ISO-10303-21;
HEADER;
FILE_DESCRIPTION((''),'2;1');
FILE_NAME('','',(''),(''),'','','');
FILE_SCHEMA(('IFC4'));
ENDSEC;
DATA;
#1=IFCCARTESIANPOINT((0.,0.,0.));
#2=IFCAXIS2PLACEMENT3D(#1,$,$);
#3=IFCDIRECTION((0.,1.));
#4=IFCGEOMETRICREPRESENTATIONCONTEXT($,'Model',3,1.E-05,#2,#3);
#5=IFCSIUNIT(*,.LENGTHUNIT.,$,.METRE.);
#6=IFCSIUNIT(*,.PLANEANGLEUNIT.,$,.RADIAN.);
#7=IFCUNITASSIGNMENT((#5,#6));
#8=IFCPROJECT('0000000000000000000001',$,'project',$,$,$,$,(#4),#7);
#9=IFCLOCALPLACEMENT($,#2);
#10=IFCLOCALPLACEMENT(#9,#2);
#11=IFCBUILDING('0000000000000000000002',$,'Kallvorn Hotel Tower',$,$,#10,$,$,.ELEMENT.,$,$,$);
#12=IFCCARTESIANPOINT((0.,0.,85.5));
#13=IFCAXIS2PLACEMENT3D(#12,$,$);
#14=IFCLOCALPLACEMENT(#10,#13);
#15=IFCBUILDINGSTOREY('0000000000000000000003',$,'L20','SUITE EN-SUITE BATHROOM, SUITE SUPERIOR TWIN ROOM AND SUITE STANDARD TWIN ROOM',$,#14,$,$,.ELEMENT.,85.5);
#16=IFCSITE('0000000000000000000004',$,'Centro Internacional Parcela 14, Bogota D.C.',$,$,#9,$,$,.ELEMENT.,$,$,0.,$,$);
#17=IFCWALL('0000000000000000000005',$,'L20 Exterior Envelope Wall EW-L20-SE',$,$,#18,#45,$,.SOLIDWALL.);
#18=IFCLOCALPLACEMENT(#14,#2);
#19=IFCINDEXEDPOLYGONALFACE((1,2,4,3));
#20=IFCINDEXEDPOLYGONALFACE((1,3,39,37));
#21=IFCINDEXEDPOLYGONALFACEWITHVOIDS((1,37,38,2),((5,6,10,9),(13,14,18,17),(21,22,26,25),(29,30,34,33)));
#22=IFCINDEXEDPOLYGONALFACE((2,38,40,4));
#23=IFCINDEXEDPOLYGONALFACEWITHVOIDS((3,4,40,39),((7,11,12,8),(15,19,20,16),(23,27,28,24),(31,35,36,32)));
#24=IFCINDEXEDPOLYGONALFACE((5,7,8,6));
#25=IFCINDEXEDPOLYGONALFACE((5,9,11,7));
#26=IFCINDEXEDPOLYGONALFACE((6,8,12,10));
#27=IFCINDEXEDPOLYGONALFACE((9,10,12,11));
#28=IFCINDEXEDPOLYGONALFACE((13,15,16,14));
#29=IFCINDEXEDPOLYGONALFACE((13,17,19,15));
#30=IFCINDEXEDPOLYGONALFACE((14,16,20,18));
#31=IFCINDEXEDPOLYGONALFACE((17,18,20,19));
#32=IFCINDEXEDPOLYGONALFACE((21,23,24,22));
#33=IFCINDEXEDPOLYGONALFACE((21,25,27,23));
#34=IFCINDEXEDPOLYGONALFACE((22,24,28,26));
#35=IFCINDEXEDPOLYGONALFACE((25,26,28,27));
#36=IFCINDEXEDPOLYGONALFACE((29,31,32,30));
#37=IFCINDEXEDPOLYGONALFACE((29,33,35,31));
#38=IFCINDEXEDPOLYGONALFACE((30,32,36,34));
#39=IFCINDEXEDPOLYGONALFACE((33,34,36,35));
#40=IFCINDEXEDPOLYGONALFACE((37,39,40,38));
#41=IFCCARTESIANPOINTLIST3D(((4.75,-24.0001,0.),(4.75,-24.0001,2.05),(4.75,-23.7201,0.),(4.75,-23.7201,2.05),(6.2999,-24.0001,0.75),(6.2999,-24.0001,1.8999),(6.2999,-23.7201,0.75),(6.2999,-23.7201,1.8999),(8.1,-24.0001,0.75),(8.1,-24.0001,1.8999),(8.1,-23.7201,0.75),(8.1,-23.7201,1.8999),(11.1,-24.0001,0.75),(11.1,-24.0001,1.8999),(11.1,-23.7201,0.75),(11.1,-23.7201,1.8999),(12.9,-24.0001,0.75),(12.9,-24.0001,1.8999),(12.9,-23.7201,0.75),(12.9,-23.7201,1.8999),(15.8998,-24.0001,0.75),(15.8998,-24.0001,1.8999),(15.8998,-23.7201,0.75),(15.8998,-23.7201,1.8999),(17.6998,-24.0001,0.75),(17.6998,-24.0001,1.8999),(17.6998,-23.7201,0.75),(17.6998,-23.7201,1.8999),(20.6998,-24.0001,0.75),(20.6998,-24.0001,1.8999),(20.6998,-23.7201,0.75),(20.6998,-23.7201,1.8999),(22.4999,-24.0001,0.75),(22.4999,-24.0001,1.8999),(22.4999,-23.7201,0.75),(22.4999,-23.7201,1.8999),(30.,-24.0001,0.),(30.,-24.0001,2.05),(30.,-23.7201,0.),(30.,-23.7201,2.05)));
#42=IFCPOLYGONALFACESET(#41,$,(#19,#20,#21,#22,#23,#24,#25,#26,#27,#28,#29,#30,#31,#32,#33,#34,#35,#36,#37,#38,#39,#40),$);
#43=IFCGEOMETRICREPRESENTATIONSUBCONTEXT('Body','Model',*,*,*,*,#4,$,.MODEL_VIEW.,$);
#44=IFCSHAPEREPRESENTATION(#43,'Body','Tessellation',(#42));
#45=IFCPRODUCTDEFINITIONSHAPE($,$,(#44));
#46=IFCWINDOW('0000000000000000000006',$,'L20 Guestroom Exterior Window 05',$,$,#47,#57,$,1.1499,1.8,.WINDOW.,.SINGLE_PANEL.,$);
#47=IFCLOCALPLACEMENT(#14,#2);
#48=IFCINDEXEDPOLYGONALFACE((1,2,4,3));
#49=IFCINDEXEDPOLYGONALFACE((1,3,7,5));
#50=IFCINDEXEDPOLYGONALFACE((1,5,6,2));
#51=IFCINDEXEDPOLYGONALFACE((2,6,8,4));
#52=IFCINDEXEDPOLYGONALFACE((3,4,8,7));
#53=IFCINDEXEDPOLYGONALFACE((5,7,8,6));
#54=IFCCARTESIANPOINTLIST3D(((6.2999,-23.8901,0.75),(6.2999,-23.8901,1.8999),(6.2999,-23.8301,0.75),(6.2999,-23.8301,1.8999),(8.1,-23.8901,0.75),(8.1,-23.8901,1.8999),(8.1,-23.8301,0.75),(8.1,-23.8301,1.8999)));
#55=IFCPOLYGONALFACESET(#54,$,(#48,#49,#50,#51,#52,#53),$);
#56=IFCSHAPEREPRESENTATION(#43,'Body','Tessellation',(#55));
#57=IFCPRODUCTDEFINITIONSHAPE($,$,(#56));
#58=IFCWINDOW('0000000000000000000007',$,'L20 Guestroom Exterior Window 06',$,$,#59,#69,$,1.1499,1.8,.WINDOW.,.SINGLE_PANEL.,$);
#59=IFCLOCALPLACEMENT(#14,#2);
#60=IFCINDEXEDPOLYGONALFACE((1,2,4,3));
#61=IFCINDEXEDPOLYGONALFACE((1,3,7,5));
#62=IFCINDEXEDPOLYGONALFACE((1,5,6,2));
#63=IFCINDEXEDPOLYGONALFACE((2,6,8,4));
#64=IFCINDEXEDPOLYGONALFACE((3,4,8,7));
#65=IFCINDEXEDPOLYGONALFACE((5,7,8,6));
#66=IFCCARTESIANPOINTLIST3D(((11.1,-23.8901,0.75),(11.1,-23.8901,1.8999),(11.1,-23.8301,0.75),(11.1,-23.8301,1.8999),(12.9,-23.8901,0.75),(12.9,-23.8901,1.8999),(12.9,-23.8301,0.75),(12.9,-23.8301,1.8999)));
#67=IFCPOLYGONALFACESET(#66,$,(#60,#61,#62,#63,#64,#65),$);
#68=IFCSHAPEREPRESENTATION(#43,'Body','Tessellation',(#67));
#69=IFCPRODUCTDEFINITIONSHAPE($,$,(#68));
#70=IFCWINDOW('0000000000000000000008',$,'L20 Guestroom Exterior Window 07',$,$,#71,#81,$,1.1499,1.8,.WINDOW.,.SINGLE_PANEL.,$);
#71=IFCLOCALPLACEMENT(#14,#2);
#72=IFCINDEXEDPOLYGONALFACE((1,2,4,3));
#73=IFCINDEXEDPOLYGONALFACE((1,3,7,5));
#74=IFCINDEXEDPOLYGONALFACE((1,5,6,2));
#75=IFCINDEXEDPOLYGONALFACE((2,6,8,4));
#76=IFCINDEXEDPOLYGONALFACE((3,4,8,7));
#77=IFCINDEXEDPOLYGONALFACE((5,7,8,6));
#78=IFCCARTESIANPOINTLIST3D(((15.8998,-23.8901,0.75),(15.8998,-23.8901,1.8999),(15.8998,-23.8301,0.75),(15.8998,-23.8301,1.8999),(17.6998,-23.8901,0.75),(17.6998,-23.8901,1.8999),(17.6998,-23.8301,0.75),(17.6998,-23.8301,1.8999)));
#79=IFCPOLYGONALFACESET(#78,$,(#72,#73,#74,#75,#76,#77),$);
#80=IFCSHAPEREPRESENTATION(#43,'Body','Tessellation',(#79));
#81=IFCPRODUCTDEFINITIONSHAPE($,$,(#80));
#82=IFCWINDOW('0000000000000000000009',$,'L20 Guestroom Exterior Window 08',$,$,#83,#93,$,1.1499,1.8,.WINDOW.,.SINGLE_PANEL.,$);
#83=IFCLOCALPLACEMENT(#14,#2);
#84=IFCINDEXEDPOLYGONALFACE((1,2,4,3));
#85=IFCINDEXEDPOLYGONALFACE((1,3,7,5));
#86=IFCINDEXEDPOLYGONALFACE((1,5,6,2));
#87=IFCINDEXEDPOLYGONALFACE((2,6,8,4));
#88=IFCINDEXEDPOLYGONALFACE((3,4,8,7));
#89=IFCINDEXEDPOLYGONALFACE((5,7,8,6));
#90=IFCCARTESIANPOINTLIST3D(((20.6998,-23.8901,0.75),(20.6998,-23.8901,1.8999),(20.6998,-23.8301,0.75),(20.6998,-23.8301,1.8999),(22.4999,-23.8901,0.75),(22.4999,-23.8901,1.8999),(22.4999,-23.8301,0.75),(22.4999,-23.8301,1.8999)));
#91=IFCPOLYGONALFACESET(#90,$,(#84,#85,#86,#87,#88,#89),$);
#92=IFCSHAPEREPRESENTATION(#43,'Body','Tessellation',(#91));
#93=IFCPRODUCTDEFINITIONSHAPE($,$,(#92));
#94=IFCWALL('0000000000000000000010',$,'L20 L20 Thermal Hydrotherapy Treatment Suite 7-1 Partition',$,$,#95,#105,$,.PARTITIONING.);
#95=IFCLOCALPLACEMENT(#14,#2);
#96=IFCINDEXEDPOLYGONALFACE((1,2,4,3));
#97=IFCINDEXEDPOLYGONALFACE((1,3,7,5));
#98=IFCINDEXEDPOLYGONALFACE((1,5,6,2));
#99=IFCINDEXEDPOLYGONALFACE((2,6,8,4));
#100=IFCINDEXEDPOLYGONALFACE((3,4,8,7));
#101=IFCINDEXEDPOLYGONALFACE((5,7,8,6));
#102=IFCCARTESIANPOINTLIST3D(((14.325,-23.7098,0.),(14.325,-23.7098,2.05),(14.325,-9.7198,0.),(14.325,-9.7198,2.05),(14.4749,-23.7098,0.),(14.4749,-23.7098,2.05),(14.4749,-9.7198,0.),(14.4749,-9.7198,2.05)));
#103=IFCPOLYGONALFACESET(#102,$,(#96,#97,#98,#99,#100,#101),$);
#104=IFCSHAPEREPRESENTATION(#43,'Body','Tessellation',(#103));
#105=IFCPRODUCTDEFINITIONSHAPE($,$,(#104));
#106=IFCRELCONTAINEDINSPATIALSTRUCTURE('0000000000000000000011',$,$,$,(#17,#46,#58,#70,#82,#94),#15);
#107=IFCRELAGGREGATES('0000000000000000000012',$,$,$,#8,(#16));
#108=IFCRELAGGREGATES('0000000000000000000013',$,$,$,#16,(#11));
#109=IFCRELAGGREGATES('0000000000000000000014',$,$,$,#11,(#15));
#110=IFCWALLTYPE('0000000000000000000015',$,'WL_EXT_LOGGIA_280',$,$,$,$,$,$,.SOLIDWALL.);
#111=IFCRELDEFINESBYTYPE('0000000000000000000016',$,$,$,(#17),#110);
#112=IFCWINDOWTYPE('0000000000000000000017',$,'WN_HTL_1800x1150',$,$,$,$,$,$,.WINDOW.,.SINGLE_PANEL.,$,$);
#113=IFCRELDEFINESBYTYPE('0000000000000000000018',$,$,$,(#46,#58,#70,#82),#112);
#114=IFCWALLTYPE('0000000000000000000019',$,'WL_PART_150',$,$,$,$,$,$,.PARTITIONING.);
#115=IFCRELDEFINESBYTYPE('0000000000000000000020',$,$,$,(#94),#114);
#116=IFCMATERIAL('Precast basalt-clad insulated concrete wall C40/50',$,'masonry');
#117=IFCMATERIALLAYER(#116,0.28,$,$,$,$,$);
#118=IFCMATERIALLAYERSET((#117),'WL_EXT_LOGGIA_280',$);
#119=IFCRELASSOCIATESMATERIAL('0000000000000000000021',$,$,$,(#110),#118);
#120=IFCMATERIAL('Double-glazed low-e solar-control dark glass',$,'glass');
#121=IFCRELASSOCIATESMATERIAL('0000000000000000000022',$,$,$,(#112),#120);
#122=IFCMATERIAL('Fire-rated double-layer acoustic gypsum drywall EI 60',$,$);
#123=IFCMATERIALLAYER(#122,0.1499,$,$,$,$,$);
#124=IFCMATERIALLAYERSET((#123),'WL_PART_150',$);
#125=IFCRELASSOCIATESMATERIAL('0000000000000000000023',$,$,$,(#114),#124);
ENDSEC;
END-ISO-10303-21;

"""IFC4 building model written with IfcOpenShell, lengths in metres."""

from ifc_helpers import new_model, si_unit, direction, frame, frame_2d, origin, place, context, subcontext, project, spatial, rectangle, extrude, material, layer, layer_set, type_object, element, fill, save


model = new_model("IFC4")

# Units and contexts
model_context = context("Model", 3, precision=1e-05, world=origin(), true_north=direction((0.0, 1.0)))
body_context = subcontext(model_context, "Body", "Model", "MODEL_VIEW")
ifc_project = project(units=[si_unit("LENGTHUNIT", "METRE"), si_unit("PLANEANGLEUNIT", "RADIAN")], contexts=[model_context])

# Site, building, storey
site_placement = place(None, origin())
site = spatial("IfcSite", under=ifc_project, at=site_placement, Name="Centro Internacional Parcela 14, Bogota D.C.", CompositionType="ELEMENT", RefElevation=0.0)
building_placement = place(site_placement, origin())
building = spatial("IfcBuilding", under=site, at=building_placement, Name="Kallvorn Hotel Tower", CompositionType="ELEMENT")
storey_placement = place(building_placement, frame((0.0, 0.0, 85.5)))
storey = spatial("IfcBuildingStorey", under=building, at=storey_placement, Name="L20", Description="SUITE EN-SUITE BATHROOM, SUITE SUPERIOR TWIN ROOM AND SUITE STANDARD TWIN ROOM", CompositionType="ELEMENT", Elevation=85.5)

# Wall, openings, windows
ifc_material_1 = material(Name="Precast basalt-clad insulated concrete wall C40/50", Category="masonry")
ifc_layer_1 = layer(ifc_material_1, 0.28)
ifc_layer_set_1 = layer_set([ifc_layer_1], Name="WL_EXT_LOGGIA_280")
wall_type_1 = type_object("IfcWallType", Name="WL_EXT_LOGGIA_280", PredefinedType="SOLIDWALL", material=ifc_layer_set_1)
wall_1_placement = place(storey_placement, frame((4.75, -23.8601, 0.0), z_axis=(0.0, 0.0, 1.0), x_axis=(1.0, 0.0, 0.0)))
wall_1 = element("IfcWall", 1, at=wall_1_placement, inside=storey, type_object=wall_type_1, Name="L20 Exterior Envelope Wall EW-L20-SE", PredefinedType="SOLIDWALL", context=body_context, shape_type="SweptSolid", body=[
    extrude(rectangle(XDim=25.25, YDim=0.28, at=frame_2d((12.625, 0.0))), origin(), (0.0, 0.0, 1.0), 2.05),
])
opening_1_placement = place(wall_1_placement, frame((1.55, 0.0, 0.75)))
opening_1 = element("IfcOpeningElement", 2, at=opening_1_placement, cuts=wall_1, PredefinedType="OPENING", context=body_context, shape_type="SweptSolid", body=[
    extrude(rectangle(XDim=1.8, YDim=1.1499, at=frame_2d((0.8999, 0.575))), frame((0.0, 0.155, 0.0), z_axis=(0.0, -1.0, 0.0), x_axis=(1.0, 0.0, 0.0)), (0.0, 0.0, 1.0), 0.3101),
])
opening_2_placement = place(wall_1_placement, frame((6.3501, 0.0, 0.75)))
opening_2 = element("IfcOpeningElement", 3, at=opening_2_placement, cuts=wall_1, PredefinedType="OPENING", context=body_context, shape_type="SweptSolid", body=[
    extrude(rectangle(XDim=1.8, YDim=1.1499, at=frame_2d((0.8999, 0.575))), frame((0.0, 0.155, 0.0), z_axis=(0.0, -1.0, 0.0), x_axis=(1.0, 0.0, 0.0)), (0.0, 0.0, 1.0), 0.3101),
])
opening_3_placement = place(wall_1_placement, frame((11.1499, 0.0, 0.75)))
opening_3 = element("IfcOpeningElement", 4, at=opening_3_placement, cuts=wall_1, PredefinedType="OPENING", context=body_context, shape_type="SweptSolid", body=[
    extrude(rectangle(XDim=1.8, YDim=1.1499, at=frame_2d((0.8999, 0.575))), frame((0.0, 0.155, 0.0), z_axis=(0.0, -1.0, 0.0), x_axis=(1.0, 0.0, 0.0)), (0.0, 0.0, 1.0), 0.3101),
])
opening_4_placement = place(wall_1_placement, frame((15.95, 0.0, 0.75)))
opening_4 = element("IfcOpeningElement", 5, at=opening_4_placement, cuts=wall_1, PredefinedType="OPENING", context=body_context, shape_type="SweptSolid", body=[
    extrude(rectangle(XDim=1.8, YDim=1.1499, at=frame_2d((0.8999, 0.575))), frame((0.0, 0.155, 0.0), z_axis=(0.0, -1.0, 0.0), x_axis=(1.0, 0.0, 0.0)), (0.0, 0.0, 1.0), 0.3101),
])
ifc_material_2 = material(Name="Double-glazed low-e solar-control dark glass", Category="glass")
window_type = type_object("IfcWindowType", Name="WN_HTL_1800x1150", PartitioningType="SINGLE_PANEL", PredefinedType="WINDOW", material=ifc_material_2)
window_1_placement = place(opening_1_placement, origin())
window_1 = element("IfcWindow", 6, at=window_1_placement, inside=storey, type_object=window_type, Name="L20 Guestroom Exterior Window 05", OverallHeight=1.1499, OverallWidth=1.8, PartitioningType="SINGLE_PANEL", PredefinedType="WINDOW", context=body_context, shape_type="SweptSolid", body=[
    extrude(rectangle(XDim=1.8, YDim=1.1499, at=frame_2d((0.8999, 0.575))), frame((0.0, 0.03, 0.0), z_axis=(0.0, -1.0, 0.0), x_axis=(1.0, 0.0, 0.0)), (0.0, 0.0, 1.0), 0.0601),
])
fill(opening_1, window_1)
window_2_placement = place(opening_2_placement, origin())
window_2 = element("IfcWindow", 7, at=window_2_placement, inside=storey, type_object=window_type, Name="L20 Guestroom Exterior Window 06", OverallHeight=1.1499, OverallWidth=1.8, PartitioningType="SINGLE_PANEL", PredefinedType="WINDOW", context=body_context, shape_type="SweptSolid", body=[
    extrude(rectangle(XDim=1.8, YDim=1.1499, at=frame_2d((0.8999, 0.575))), frame((0.0, 0.03, 0.0), z_axis=(0.0, -1.0, 0.0), x_axis=(1.0, 0.0, 0.0)), (0.0, 0.0, 1.0), 0.0601),
])
fill(opening_2, window_2)
window_3_placement = place(opening_3_placement, origin())
window_3 = element("IfcWindow", 8, at=window_3_placement, inside=storey, type_object=window_type, Name="L20 Guestroom Exterior Window 07", OverallHeight=1.1499, OverallWidth=1.8, PartitioningType="SINGLE_PANEL", PredefinedType="WINDOW", context=body_context, shape_type="SweptSolid", body=[
    extrude(rectangle(XDim=1.8, YDim=1.1499, at=frame_2d((0.8999, 0.575))), frame((0.0, 0.03, 0.0), z_axis=(0.0, -1.0, 0.0), x_axis=(1.0, 0.0, 0.0)), (0.0, 0.0, 1.0), 0.0601),
])
fill(opening_3, window_3)
window_4_placement = place(opening_4_placement, origin())
window_4 = element("IfcWindow", 9, at=window_4_placement, inside=storey, type_object=window_type, Name="L20 Guestroom Exterior Window 08", OverallHeight=1.1499, OverallWidth=1.8, PartitioningType="SINGLE_PANEL", PredefinedType="WINDOW", context=body_context, shape_type="SweptSolid", body=[
    extrude(rectangle(XDim=1.8, YDim=1.1499, at=frame_2d((0.8999, 0.575))), frame((0.0, 0.03, 0.0), z_axis=(0.0, -1.0, 0.0), x_axis=(1.0, 0.0, 0.0)), (0.0, 0.0, 1.0), 0.0601),
])
fill(opening_4, window_4)

# Wall
ifc_material_3 = material(Name="Fire-rated double-layer acoustic gypsum drywall EI 60")
ifc_layer_2 = layer(ifc_material_3, 0.1499)
ifc_layer_set_2 = layer_set([ifc_layer_2], Name="WL_PART_150")
wall_type_2 = type_object("IfcWallType", Name="WL_PART_150", PredefinedType="PARTITIONING", material=ifc_layer_set_2)
wall_2_placement = place(storey_placement, frame((14.3999, -23.71, 0.0), z_axis=(0.0, 0.0, 1.0), x_axis=(0.0, 1.0, 0.0)))
element("IfcWall", 10, at=wall_2_placement, inside=storey, type_object=wall_type_2, Name="L20 L20 Thermal Hydrotherapy Treatment Suite 7-1 Partition", PredefinedType="PARTITIONING", context=body_context, shape_type="SweptSolid", body=[
    extrude(rectangle(XDim=13.99, YDim=0.1499, at=frame_2d((6.9951, 0.0))), origin(), (0.0, 0.0, 1.0), 2.05),
])

save(model, "model.ifc")
